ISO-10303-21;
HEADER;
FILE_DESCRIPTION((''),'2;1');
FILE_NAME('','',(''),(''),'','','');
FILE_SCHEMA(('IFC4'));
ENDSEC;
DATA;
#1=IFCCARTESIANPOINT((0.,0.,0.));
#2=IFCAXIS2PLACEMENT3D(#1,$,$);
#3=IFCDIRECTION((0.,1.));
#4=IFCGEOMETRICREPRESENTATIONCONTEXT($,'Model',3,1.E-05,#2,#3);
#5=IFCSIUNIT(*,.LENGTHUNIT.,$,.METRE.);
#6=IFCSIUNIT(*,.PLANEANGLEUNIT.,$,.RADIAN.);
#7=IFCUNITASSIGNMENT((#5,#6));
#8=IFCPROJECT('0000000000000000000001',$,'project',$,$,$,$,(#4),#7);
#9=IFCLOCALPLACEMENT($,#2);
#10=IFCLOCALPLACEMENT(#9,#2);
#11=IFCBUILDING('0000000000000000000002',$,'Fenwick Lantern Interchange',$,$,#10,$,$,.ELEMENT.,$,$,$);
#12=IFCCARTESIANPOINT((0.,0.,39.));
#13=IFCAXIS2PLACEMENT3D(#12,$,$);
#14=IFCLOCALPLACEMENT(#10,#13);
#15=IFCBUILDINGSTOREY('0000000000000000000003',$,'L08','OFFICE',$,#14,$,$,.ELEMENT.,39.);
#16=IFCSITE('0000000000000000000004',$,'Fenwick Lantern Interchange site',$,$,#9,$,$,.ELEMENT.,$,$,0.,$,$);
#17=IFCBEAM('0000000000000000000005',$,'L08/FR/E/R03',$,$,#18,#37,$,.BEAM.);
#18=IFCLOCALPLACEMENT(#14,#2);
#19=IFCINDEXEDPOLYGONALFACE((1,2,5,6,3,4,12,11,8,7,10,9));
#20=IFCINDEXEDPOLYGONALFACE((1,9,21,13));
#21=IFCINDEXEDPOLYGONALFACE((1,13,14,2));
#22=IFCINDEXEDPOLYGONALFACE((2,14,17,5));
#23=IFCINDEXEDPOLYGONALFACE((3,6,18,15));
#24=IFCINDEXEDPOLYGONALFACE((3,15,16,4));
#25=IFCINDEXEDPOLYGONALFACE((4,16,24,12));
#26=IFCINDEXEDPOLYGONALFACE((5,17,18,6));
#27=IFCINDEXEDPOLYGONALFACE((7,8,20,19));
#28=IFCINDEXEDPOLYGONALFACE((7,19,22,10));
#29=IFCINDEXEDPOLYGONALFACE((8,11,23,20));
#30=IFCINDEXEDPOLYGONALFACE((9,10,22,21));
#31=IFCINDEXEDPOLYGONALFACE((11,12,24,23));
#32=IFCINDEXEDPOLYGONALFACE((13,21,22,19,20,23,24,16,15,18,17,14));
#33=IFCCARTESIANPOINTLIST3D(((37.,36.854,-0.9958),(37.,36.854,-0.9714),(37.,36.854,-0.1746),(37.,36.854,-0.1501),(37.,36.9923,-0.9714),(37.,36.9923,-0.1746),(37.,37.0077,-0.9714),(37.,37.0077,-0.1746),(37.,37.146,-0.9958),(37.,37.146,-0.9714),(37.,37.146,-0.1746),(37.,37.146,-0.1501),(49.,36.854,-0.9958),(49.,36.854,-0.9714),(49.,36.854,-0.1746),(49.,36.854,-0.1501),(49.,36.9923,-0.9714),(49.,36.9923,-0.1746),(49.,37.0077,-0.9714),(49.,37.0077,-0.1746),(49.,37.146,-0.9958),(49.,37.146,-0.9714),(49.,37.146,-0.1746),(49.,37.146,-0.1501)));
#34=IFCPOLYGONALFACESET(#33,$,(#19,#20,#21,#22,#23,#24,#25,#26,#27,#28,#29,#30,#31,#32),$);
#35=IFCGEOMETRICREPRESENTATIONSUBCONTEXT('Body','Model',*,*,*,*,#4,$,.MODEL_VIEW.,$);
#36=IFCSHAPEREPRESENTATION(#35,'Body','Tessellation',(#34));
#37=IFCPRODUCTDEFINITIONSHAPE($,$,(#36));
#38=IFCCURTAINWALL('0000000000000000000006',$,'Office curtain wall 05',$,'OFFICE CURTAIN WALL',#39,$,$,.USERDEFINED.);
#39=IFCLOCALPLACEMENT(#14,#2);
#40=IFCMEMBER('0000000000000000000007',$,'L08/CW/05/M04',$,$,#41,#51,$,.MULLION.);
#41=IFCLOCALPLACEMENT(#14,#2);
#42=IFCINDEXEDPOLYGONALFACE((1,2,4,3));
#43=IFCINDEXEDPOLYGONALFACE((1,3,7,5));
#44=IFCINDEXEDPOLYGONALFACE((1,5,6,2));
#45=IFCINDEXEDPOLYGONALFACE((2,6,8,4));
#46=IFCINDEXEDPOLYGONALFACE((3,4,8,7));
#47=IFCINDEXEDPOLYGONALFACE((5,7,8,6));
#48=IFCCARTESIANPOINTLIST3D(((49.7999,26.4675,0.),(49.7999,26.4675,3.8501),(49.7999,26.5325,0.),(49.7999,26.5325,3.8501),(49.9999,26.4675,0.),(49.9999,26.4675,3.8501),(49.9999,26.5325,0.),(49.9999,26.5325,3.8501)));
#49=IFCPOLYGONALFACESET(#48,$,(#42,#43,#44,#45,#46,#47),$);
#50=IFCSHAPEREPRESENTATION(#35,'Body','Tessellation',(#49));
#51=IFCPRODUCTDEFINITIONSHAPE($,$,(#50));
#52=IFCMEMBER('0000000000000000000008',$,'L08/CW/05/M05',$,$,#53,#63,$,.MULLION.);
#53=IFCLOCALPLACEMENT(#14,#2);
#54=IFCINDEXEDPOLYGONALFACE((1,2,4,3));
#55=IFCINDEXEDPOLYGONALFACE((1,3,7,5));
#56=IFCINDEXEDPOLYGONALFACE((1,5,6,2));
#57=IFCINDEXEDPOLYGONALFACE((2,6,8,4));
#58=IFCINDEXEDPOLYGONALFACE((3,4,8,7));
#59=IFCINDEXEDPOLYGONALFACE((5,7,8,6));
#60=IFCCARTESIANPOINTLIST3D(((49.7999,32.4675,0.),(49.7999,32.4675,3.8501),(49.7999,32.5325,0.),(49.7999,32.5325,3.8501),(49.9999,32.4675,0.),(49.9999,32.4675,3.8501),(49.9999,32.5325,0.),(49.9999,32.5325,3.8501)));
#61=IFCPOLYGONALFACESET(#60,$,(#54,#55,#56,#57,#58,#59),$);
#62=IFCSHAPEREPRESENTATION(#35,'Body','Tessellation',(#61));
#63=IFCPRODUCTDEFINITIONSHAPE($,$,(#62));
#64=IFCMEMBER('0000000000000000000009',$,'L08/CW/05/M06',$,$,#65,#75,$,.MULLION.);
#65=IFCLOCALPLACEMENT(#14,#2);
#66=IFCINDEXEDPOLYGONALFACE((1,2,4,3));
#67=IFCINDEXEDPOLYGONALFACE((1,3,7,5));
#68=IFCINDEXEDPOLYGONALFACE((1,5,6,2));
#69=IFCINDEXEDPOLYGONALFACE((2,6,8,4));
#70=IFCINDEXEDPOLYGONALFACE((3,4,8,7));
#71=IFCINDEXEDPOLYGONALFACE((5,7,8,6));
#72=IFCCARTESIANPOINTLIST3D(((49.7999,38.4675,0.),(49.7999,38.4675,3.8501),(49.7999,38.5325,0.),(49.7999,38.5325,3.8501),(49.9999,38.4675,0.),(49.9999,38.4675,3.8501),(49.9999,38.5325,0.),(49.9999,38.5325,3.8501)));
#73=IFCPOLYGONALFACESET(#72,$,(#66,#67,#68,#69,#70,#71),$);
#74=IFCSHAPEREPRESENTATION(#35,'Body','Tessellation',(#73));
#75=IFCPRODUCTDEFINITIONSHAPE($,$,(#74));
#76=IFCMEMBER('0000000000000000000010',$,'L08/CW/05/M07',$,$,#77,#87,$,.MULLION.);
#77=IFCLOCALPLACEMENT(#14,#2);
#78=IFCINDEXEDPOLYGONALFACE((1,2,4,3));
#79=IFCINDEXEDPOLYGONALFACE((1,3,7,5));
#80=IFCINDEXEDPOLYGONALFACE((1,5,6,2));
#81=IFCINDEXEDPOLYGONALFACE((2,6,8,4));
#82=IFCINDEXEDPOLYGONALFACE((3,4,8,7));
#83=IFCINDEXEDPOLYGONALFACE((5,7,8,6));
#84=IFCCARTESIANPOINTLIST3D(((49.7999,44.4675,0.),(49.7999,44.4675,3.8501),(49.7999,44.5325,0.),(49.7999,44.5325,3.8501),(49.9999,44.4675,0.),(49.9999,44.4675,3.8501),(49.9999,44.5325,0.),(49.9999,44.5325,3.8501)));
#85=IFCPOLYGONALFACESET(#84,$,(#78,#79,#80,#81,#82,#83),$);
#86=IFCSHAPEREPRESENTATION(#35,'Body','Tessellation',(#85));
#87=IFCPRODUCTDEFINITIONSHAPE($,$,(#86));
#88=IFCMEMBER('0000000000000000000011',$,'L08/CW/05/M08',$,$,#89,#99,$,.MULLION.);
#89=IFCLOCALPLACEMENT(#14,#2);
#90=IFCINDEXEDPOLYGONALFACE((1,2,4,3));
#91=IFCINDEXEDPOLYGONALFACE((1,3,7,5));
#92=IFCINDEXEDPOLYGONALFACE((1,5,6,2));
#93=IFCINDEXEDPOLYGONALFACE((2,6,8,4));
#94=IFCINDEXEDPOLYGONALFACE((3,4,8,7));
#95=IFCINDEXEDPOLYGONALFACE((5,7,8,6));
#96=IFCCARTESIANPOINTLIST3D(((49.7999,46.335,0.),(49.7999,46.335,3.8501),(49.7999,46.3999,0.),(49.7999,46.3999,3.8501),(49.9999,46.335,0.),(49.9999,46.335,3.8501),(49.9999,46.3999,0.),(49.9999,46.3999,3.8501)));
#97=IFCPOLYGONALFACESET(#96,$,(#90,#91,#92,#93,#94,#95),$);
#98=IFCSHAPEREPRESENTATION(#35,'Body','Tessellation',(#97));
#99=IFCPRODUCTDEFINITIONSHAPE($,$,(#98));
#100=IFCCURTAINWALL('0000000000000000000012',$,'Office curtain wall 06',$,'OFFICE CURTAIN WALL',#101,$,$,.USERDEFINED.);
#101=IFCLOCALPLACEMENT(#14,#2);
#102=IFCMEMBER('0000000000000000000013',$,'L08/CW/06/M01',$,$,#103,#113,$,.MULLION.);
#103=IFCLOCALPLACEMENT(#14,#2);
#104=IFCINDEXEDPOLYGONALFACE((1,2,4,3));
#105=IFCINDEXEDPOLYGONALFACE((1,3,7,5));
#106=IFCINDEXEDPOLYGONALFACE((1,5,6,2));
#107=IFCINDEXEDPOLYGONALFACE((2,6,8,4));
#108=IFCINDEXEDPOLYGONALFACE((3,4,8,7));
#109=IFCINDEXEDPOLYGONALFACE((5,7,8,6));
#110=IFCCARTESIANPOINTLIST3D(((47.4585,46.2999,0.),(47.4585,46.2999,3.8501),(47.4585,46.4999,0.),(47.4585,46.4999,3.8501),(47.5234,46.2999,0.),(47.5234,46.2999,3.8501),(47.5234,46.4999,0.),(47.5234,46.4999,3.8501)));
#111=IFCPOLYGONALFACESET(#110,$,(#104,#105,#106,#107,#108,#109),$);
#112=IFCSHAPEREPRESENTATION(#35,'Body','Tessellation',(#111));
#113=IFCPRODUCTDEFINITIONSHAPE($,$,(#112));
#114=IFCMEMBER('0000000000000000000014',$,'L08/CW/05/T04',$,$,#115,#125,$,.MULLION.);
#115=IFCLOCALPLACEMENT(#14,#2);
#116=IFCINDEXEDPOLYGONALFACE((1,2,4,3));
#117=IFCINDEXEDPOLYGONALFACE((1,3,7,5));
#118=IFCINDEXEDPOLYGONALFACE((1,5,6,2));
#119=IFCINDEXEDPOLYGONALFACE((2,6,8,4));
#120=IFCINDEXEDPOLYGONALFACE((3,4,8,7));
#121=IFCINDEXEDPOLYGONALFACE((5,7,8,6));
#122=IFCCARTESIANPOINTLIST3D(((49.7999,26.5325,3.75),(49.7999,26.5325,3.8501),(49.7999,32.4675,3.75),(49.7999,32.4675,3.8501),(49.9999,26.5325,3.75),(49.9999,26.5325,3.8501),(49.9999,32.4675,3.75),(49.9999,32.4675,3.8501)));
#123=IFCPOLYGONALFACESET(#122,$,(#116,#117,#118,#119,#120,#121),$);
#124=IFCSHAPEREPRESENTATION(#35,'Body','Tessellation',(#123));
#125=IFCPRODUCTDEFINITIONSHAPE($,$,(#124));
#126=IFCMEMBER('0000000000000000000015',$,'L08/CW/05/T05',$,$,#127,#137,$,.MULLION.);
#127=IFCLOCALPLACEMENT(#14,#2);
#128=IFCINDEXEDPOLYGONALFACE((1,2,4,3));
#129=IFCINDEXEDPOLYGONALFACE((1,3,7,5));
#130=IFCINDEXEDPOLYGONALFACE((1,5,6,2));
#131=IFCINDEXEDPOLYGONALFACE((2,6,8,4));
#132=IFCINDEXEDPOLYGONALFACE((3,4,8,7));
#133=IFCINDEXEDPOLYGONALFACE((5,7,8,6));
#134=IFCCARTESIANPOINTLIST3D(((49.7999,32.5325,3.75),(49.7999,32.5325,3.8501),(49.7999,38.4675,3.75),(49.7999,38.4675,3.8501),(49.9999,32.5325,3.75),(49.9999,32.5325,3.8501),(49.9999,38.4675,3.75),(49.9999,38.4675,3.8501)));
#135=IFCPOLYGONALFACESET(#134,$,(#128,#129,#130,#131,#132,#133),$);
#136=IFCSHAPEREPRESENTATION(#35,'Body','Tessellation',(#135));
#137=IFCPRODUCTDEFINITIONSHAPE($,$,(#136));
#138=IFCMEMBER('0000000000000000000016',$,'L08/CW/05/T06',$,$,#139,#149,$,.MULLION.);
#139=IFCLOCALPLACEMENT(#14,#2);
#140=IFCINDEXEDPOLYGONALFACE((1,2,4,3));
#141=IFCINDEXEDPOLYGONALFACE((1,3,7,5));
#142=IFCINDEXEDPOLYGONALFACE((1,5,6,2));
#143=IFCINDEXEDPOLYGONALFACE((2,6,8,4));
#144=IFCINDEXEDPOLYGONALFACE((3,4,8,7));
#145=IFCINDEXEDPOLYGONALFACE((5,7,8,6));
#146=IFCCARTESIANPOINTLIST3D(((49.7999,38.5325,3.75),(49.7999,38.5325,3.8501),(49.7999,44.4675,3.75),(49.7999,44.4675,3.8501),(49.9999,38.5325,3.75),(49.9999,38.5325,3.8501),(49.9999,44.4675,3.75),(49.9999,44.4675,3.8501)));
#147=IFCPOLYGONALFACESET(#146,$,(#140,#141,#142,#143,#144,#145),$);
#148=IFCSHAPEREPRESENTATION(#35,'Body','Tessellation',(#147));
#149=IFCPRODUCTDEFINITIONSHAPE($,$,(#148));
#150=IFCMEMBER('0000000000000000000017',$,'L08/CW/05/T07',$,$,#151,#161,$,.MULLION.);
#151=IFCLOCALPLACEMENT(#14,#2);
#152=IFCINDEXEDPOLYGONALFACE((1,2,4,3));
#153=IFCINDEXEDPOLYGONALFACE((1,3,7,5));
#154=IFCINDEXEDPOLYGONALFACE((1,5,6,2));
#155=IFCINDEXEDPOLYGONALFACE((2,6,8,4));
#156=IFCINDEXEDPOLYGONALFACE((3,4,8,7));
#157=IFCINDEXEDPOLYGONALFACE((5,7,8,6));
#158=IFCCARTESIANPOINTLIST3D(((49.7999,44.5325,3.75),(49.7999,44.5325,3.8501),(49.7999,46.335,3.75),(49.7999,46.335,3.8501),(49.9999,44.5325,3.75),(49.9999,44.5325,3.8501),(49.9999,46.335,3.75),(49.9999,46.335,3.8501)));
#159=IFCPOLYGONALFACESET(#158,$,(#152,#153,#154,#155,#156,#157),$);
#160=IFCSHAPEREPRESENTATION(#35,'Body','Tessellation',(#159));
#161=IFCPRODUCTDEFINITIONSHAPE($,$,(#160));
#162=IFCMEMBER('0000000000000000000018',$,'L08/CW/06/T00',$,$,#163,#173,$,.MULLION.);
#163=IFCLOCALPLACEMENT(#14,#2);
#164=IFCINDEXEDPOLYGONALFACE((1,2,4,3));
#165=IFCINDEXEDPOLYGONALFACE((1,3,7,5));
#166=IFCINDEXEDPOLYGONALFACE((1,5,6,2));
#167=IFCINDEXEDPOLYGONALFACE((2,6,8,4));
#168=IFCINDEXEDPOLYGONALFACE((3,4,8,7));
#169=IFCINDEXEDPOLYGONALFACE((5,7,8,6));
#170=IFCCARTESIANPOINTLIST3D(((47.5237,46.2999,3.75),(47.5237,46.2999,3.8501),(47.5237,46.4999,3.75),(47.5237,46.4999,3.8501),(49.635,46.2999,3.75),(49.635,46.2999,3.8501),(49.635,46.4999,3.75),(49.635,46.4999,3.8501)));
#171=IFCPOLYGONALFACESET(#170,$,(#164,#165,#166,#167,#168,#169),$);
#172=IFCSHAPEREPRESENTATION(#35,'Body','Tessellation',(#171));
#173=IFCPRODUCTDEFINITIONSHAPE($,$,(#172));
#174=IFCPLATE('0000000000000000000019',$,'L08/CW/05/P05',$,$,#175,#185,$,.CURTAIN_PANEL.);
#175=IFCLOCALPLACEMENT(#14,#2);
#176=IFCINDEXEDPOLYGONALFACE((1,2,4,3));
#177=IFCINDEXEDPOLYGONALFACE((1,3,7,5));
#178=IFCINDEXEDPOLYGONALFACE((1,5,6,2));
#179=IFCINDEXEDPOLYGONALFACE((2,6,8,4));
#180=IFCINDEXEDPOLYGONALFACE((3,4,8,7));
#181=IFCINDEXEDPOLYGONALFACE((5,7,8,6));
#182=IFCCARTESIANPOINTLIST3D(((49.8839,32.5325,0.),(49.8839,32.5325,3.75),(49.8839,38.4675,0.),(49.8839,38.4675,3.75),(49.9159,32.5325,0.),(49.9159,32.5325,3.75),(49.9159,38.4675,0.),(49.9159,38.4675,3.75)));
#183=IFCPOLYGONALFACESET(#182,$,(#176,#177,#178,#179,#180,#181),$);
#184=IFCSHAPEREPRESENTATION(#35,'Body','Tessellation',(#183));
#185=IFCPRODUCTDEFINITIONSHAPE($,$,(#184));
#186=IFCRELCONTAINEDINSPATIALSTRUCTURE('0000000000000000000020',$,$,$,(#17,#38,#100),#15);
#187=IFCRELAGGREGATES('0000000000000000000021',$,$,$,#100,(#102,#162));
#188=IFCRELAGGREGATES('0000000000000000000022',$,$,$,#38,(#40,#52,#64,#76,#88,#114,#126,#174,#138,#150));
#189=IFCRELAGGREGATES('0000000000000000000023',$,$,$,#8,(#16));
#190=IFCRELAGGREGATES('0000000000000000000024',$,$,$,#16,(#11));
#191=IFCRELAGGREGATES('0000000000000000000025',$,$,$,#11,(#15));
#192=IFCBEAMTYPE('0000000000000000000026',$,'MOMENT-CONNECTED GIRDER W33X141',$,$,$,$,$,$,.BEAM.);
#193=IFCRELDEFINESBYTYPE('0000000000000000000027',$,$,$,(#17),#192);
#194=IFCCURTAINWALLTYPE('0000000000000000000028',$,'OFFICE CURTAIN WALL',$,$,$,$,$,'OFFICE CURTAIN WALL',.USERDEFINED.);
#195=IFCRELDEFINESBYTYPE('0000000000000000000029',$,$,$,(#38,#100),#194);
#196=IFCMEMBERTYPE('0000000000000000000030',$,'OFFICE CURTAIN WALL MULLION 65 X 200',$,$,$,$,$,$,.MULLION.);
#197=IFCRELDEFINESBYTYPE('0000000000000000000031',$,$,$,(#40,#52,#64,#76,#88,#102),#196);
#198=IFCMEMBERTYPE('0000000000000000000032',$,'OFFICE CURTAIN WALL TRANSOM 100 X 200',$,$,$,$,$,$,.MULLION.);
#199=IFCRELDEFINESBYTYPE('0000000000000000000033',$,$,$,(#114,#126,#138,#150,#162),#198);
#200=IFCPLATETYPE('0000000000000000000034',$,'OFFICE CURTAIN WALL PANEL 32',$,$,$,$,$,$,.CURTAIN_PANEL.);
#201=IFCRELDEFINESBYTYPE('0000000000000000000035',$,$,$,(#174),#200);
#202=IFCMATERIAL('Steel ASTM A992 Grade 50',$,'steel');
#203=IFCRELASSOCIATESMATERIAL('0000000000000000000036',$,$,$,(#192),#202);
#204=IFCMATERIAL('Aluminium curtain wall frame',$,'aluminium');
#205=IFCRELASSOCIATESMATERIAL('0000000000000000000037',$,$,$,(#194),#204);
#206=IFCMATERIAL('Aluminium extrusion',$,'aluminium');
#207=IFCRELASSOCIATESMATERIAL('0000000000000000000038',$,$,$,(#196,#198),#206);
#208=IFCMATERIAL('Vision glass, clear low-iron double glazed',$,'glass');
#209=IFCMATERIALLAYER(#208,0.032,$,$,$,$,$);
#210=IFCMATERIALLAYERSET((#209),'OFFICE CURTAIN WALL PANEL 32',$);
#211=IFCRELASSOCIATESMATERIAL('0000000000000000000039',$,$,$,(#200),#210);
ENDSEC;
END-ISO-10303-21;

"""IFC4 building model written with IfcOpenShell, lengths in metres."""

from ifc_helpers import new_model, si_unit, direction, frame, origin, origin_2d, place, context, subcontext, project, spatial, rectangle, i_section, extrude, material, layer, layer_set, material_profile, profile_set, type_object, element, aggregate, save


model = new_model("IFC4")

# Units and contexts
model_context = context("Model", 3, precision=1e-05, world=origin(), true_north=direction((0.0, 1.0)))
body_context = subcontext(model_context, "Body", "Model", "MODEL_VIEW")
ifc_project = project(units=[si_unit("LENGTHUNIT", "METRE"), si_unit("PLANEANGLEUNIT", "RADIAN")], contexts=[model_context])

# Site, building, storey
site_placement = place(None, origin())
site = spatial("IfcSite", under=ifc_project, at=site_placement, Name="Fenwick Lantern Interchange site", CompositionType="ELEMENT", RefElevation=0.0)
building_placement = place(site_placement, origin())
building = spatial("IfcBuilding", under=site, at=building_placement, Name="Fenwick Lantern Interchange", CompositionType="ELEMENT")
storey_placement = place(building_placement, frame((0.0, 0.0, 39.0)))
storey = spatial("IfcBuildingStorey", under=building, at=storey_placement, Name="L08", Description="OFFICE", CompositionType="ELEMENT", Elevation=39.0)

# Beam
ifc_material_1 = material(Name="Steel ASTM A992 Grade 50", Category="steel")
ifc_material_profile_1 = material_profile(ifc_material_1, i_section(OverallWidth=0.292, OverallDepth=0.8457, WebThickness=0.0154, FlangeThickness=0.0244, at=origin_2d()), Name="W33X141")
ifc_profile_set_1 = profile_set([ifc_material_profile_1], Name="Steel ASTM A992 Grade 50")
beam_type_1 = type_object("IfcBeamType", Name="MOMENT-CONNECTED GIRDER W33X141", PredefinedType="BEAM", material=ifc_profile_set_1)
beam_1_placement = place(storey_placement, frame((49.0, 37.0, -0.573), z_axis=(-1.0, 0.0, 0.0), x_axis=(0.0, -1.0, 0.0)))
element("IfcBeam", 1, at=beam_1_placement, inside=storey, type_object=beam_type_1, Name="L08/FR/E/R03", PredefinedType="BEAM", context=body_context, shape_type="SweptSolid", body=[
    extrude(i_section(OverallWidth=0.292, OverallDepth=0.8457, WebThickness=0.0154, FlangeThickness=0.0244, at=origin_2d()), origin(), (0.0, 0.0, 1.0), 12.0),
])

# Curtain wall, members
ifc_material_2 = material(Name="Aluminium curtain wall frame", Category="aluminium")
curtain_wall_type = type_object("IfcCurtainWallType", Name="OFFICE CURTAIN WALL", ElementType="OFFICE CURTAIN WALL", PredefinedType="USERDEFINED", material=ifc_material_2)
curtain_wall_1_placement = place(storey_placement, origin())
curtain_wall_1 = element("IfcCurtainWall", 2, at=curtain_wall_1_placement, inside=storey, type_object=curtain_wall_type, Name="Office curtain wall 05", ObjectType="OFFICE CURTAIN WALL", PredefinedType="USERDEFINED")
ifc_material_3 = material(Name="Aluminium extrusion", Category="aluminium")
ifc_material_profile_2 = material_profile(ifc_material_3, rectangle(XDim=0.2, YDim=0.0649, at=origin_2d()), Name="OFFICE CURTAIN WALL MULLION 65 X 200")
ifc_profile_set_2 = profile_set([ifc_material_profile_2], Name="Aluminium extrusion")
member_type_1 = type_object("IfcMemberType", Name="OFFICE CURTAIN WALL MULLION 65 X 200", PredefinedType="MULLION", material=ifc_profile_set_2)
member_1_placement = place(storey_placement, frame((49.8999, 26.5, 0.0), z_axis=(0.0, 0.0, 1.0), x_axis=(-1.0, 0.0, 0.0)))
member_1 = element("IfcMember", 3, at=member_1_placement, type_object=member_type_1, Name="L08/CW/05/M04", PredefinedType="MULLION", context=body_context, shape_type="SweptSolid", body=[
    extrude(rectangle(XDim=0.2, YDim=0.0649, at=origin_2d()), origin(), (0.0, 0.0, 1.0), 3.8501),
])
member_2_placement = place(storey_placement, frame((49.8999, 32.5, 0.0), z_axis=(0.0, 0.0, 1.0), x_axis=(-1.0, 0.0, 0.0)))
member_2 = element("IfcMember", 4, at=member_2_placement, type_object=member_type_1, Name="L08/CW/05/M05", PredefinedType="MULLION", context=body_context, shape_type="SweptSolid", body=[
    extrude(rectangle(XDim=0.2, YDim=0.0649, at=origin_2d()), origin(), (0.0, 0.0, 1.0), 3.8501),
])
member_3_placement = place(storey_placement, frame((49.8999, 38.5, 0.0), z_axis=(0.0, 0.0, 1.0), x_axis=(-1.0, 0.0, 0.0)))
member_3 = element("IfcMember", 5, at=member_3_placement, type_object=member_type_1, Name="L08/CW/05/M06", PredefinedType="MULLION", context=body_context, shape_type="SweptSolid", body=[
    extrude(rectangle(XDim=0.2, YDim=0.0649, at=origin_2d()), origin(), (0.0, 0.0, 1.0), 3.8501),
])
member_4_placement = place(storey_placement, frame((49.8999, 44.5, 0.0), z_axis=(0.0, 0.0, 1.0), x_axis=(-1.0, 0.0, 0.0)))
member_4 = element("IfcMember", 6, at=member_4_placement, type_object=member_type_1, Name="L08/CW/05/M07", PredefinedType="MULLION", context=body_context, shape_type="SweptSolid", body=[
    extrude(rectangle(XDim=0.2, YDim=0.0649, at=origin_2d()), origin(), (0.0, 0.0, 1.0), 3.8501),
])
member_5_placement = place(storey_placement, frame((49.8999, 46.3674, 0.0), z_axis=(0.0, 0.0, 1.0), x_axis=(-1.0, 0.0, 0.0)))
member_5 = element("IfcMember", 7, at=member_5_placement, type_object=member_type_1, Name="L08/CW/05/M08", PredefinedType="MULLION", context=body_context, shape_type="SweptSolid", body=[
    extrude(rectangle(XDim=0.2, YDim=0.0649, at=origin_2d()), origin(), (0.0, 0.0, 1.0), 3.8501),
])

# Curtain wall, member
curtain_wall_2_placement = place(storey_placement, origin())
curtain_wall_2 = element("IfcCurtainWall", 8, at=curtain_wall_2_placement, inside=storey, type_object=curtain_wall_type, Name="Office curtain wall 06", ObjectType="OFFICE CURTAIN WALL", PredefinedType="USERDEFINED")
member_6_placement = place(storey_placement, frame((47.491, 46.3999, 0.0), z_axis=(0.0, 0.0, 1.0), x_axis=(0.0, -1.0, 0.0)))
member_6 = element("IfcMember", 9, at=member_6_placement, type_object=member_type_1, Name="L08/CW/06/M01", PredefinedType="MULLION", context=body_context, shape_type="SweptSolid", body=[
    extrude(rectangle(XDim=0.2, YDim=0.0649, at=origin_2d()), origin(), (0.0, 0.0, 1.0), 3.8501),
])

# Members
ifc_material_profile_3 = material_profile(ifc_material_3, rectangle(XDim=0.2, YDim=0.1001, at=origin_2d()), Name="OFFICE CURTAIN WALL TRANSOM 100 X 200")
ifc_profile_set_3 = profile_set([ifc_material_profile_3], Name="Aluminium extrusion")
member_type_2 = type_object("IfcMemberType", Name="OFFICE CURTAIN WALL TRANSOM 100 X 200", PredefinedType="MULLION", material=ifc_profile_set_3)
member_7_placement = place(storey_placement, frame((49.8999, 26.5325, 3.8), z_axis=(0.0, 1.0, 0.0), x_axis=(-1.0, 0.0, 0.0)))
member_7 = element("IfcMember", 10, at=member_7_placement, type_object=member_type_2, Name="L08/CW/05/T04", PredefinedType="MULLION", context=body_context, shape_type="SweptSolid", body=[
    extrude(rectangle(XDim=0.2, YDim=0.1001, at=origin_2d()), origin(), (0.0, 0.0, 1.0), 5.9351),
])
member_8_placement = place(storey_placement, frame((49.8999, 32.5325, 3.8), z_axis=(0.0, 1.0, 0.0), x_axis=(-1.0, 0.0, 0.0)))
member_8 = element("IfcMember", 11, at=member_8_placement, type_object=member_type_2, Name="L08/CW/05/T05", PredefinedType="MULLION", context=body_context, shape_type="SweptSolid", body=[
    extrude(rectangle(XDim=0.2, YDim=0.1001, at=origin_2d()), origin(), (0.0, 0.0, 1.0), 5.9351),
])
member_9_placement = place(storey_placement, frame((49.8999, 38.5325, 3.8), z_axis=(0.0, 1.0, 0.0), x_axis=(-1.0, 0.0, 0.0)))
member_9 = element("IfcMember", 12, at=member_9_placement, type_object=member_type_2, Name="L08/CW/05/T06", PredefinedType="MULLION", context=body_context, shape_type="SweptSolid", body=[
    extrude(rectangle(XDim=0.2, YDim=0.1001, at=origin_2d()), origin(), (0.0, 0.0, 1.0), 5.9351),
])
member_10_placement = place(storey_placement, frame((49.8999, 44.5325, 3.8), z_axis=(0.0, 1.0, 0.0), x_axis=(-1.0, 0.0, 0.0)))
member_10 = element("IfcMember", 13, at=member_10_placement, type_object=member_type_2, Name="L08/CW/05/T07", PredefinedType="MULLION", context=body_context, shape_type="SweptSolid", body=[
    extrude(rectangle(XDim=0.2, YDim=0.1001, at=origin_2d()), origin(), (0.0, 0.0, 1.0), 1.8025),
])
member_11_placement = place(storey_placement, frame((49.635, 46.3999, 3.8), z_axis=(-1.0, 0.0, 0.0), x_axis=(0.0, -1.0, 0.0)))
member_11 = element("IfcMember", 14, at=member_11_placement, type_object=member_type_2, Name="L08/CW/06/T00", PredefinedType="MULLION", context=body_context, shape_type="SweptSolid", body=[
    extrude(rectangle(XDim=0.2, YDim=0.1001, at=origin_2d()), origin(), (0.0, 0.0, 1.0), 2.1113),
])
aggregate(curtain_wall_2, [member_6, member_11])

# Plate
ifc_material_4 = material(Name="Vision glass, clear low-iron double glazed", Category="glass")
ifc_layer_1 = layer(ifc_material_4, 0.032)
ifc_layer_set_1 = layer_set([ifc_layer_1], Name="OFFICE CURTAIN WALL PANEL 32")
plate_type = type_object("IfcPlateType", Name="OFFICE CURTAIN WALL PANEL 32", PredefinedType="CURTAIN_PANEL", material=ifc_layer_set_1)
plate_placement = place(storey_placement, frame((49.8999, 35.5, 0.0), z_axis=(0.0, 0.0, 1.0), x_axis=(0.0, 1.0, 0.0)))
plate = element("IfcPlate", 15, at=plate_placement, type_object=plate_type, Name="L08/CW/05/P05", PredefinedType="CURTAIN_PANEL", context=body_context, shape_type="SweptSolid", body=[
    extrude(rectangle(XDim=5.9351, YDim=0.032, at=origin_2d()), origin(), (0.0, 0.0, 1.0), 3.75),
])
aggregate(curtain_wall_1, [member_1, member_2, member_3, member_4, member_5, member_7, member_8, plate, member_9, member_10])

save(model, "model.ifc")
